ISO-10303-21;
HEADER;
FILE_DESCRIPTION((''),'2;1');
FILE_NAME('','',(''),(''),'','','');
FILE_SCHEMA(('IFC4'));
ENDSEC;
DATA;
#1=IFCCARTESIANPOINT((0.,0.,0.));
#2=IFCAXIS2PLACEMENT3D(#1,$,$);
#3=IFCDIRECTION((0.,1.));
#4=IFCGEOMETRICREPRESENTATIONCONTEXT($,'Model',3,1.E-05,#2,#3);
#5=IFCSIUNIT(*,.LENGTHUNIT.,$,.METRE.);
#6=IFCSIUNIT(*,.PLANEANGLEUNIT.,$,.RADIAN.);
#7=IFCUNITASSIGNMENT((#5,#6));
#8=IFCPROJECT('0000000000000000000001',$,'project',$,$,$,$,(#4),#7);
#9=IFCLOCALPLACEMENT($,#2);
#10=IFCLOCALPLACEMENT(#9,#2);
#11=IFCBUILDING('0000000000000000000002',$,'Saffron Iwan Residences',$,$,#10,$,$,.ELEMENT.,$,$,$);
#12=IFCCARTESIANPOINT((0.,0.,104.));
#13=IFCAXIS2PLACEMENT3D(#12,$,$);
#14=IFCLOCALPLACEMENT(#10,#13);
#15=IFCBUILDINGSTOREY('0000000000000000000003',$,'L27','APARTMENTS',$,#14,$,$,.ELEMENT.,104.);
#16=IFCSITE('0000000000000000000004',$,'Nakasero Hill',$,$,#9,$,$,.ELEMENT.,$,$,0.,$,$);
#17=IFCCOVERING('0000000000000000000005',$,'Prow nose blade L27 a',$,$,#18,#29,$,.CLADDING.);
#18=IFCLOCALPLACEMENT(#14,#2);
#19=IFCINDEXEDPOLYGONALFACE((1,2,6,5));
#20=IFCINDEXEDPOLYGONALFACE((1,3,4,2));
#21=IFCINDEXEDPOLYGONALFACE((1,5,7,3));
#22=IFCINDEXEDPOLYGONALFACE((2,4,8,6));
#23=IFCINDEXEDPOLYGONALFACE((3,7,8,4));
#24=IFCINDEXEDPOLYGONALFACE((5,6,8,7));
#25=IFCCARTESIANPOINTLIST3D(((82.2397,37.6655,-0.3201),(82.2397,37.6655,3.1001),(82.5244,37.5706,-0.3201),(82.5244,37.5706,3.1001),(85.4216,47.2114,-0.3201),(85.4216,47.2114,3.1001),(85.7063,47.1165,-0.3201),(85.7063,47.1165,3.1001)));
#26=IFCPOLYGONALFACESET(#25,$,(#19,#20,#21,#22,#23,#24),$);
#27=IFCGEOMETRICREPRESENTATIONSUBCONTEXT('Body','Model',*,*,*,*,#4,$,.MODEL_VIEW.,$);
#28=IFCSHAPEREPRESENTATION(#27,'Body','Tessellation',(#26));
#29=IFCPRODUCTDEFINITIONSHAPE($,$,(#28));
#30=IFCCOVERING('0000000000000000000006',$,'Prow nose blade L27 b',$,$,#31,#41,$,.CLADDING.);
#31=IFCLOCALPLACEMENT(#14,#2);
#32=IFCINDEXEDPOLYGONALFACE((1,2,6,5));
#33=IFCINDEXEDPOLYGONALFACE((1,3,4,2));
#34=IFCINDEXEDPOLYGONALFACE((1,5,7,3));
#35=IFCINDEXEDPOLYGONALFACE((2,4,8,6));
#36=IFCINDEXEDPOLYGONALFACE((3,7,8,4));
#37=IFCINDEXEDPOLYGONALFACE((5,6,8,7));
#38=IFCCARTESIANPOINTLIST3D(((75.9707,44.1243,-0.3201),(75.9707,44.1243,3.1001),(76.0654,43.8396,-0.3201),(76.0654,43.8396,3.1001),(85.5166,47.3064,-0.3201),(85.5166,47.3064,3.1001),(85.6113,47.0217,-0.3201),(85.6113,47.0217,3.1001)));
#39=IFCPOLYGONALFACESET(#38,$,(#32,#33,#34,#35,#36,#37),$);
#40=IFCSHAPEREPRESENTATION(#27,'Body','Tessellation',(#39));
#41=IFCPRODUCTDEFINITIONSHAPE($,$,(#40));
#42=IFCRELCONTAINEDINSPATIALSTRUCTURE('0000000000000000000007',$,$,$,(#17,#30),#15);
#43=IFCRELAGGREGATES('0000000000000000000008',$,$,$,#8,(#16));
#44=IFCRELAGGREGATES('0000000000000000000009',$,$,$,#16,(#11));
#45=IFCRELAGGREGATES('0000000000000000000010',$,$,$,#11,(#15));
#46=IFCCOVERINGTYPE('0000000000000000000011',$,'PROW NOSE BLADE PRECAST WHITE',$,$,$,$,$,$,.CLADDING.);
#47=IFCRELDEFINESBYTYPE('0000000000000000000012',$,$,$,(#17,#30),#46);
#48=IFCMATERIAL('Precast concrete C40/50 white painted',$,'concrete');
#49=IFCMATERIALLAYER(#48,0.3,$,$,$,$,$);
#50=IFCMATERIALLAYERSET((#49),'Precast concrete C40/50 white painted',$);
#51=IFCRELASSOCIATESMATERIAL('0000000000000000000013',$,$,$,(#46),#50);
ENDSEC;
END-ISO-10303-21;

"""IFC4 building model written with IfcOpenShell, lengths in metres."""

from ifc_helpers import new_model, si_unit, direction, frame, origin, place, context, subcontext, project, spatial, polyline, outline, extrude, material, layer, layer_set, type_object, element, save


model = new_model("IFC4")

# Units and contexts
model_context = context("Model", 3, precision=1e-05, world=origin(), true_north=direction((0.0, 1.0)))
body_context = subcontext(model_context, "Body", "Model", "MODEL_VIEW")
ifc_project = project(units=[si_unit("LENGTHUNIT", "METRE"), si_unit("PLANEANGLEUNIT", "RADIAN")], contexts=[model_context])

# Site, building, storey
site_placement = place(None, origin())
site = spatial("IfcSite", under=ifc_project, at=site_placement, Name="Nakasero Hill", CompositionType="ELEMENT", RefElevation=0.0)
building_placement = place(site_placement, origin())
building = spatial("IfcBuilding", under=site, at=building_placement, Name="Saffron Iwan Residences", CompositionType="ELEMENT")
storey_placement = place(building_placement, frame((0.0, 0.0, 104.0)))
storey = spatial("IfcBuildingStorey", under=building, at=storey_placement, Name="L27", Description="APARTMENTS", CompositionType="ELEMENT", Elevation=104.0)

# Coverings
ifc_material_1 = material(Name="Precast concrete C40/50 white painted", Category="concrete")
ifc_layer_1 = layer(ifc_material_1, 0.3)
ifc_layer_set_1 = layer_set([ifc_layer_1], Name="Precast concrete C40/50 white painted")
covering_type_1 = type_object("IfcCoveringType", Name="PROW NOSE BLADE PRECAST WHITE", PredefinedType="CLADDING", material=ifc_layer_set_1)
covering_1_placement = place(storey_placement, frame((0.0, 0.0, -0.3201)))
element("IfcCovering", 1, at=covering_1_placement, inside=storey, type_object=covering_type_1, Name="Prow nose blade L27 a", PredefinedType="CLADDING", context=body_context, shape_type="SweptSolid", body=[
    extrude(outline(polyline([(82.5244, 37.5706), (85.7063, 47.1165), (85.4216, 47.2114), (82.2397, 37.6655), (82.5244, 37.5706)])), origin(), (0.0, 0.0, 1.0), 3.4202),
])
covering_2_placement = place(storey_placement, frame((0.0, 0.0, -0.3201)))
element("IfcCovering", 2, at=covering_2_placement, inside=storey, type_object=covering_type_1, Name="Prow nose blade L27 b", PredefinedType="CLADDING", context=body_context, shape_type="SweptSolid", body=[
    extrude(outline(polyline([(76.0654, 43.8396), (85.6113, 47.0217), (85.5166, 47.3064), (75.9707, 44.1243), (76.0654, 43.8396)])), origin(), (0.0, 0.0, 1.0), 3.4202),
])

save(model, "model.ifc")
